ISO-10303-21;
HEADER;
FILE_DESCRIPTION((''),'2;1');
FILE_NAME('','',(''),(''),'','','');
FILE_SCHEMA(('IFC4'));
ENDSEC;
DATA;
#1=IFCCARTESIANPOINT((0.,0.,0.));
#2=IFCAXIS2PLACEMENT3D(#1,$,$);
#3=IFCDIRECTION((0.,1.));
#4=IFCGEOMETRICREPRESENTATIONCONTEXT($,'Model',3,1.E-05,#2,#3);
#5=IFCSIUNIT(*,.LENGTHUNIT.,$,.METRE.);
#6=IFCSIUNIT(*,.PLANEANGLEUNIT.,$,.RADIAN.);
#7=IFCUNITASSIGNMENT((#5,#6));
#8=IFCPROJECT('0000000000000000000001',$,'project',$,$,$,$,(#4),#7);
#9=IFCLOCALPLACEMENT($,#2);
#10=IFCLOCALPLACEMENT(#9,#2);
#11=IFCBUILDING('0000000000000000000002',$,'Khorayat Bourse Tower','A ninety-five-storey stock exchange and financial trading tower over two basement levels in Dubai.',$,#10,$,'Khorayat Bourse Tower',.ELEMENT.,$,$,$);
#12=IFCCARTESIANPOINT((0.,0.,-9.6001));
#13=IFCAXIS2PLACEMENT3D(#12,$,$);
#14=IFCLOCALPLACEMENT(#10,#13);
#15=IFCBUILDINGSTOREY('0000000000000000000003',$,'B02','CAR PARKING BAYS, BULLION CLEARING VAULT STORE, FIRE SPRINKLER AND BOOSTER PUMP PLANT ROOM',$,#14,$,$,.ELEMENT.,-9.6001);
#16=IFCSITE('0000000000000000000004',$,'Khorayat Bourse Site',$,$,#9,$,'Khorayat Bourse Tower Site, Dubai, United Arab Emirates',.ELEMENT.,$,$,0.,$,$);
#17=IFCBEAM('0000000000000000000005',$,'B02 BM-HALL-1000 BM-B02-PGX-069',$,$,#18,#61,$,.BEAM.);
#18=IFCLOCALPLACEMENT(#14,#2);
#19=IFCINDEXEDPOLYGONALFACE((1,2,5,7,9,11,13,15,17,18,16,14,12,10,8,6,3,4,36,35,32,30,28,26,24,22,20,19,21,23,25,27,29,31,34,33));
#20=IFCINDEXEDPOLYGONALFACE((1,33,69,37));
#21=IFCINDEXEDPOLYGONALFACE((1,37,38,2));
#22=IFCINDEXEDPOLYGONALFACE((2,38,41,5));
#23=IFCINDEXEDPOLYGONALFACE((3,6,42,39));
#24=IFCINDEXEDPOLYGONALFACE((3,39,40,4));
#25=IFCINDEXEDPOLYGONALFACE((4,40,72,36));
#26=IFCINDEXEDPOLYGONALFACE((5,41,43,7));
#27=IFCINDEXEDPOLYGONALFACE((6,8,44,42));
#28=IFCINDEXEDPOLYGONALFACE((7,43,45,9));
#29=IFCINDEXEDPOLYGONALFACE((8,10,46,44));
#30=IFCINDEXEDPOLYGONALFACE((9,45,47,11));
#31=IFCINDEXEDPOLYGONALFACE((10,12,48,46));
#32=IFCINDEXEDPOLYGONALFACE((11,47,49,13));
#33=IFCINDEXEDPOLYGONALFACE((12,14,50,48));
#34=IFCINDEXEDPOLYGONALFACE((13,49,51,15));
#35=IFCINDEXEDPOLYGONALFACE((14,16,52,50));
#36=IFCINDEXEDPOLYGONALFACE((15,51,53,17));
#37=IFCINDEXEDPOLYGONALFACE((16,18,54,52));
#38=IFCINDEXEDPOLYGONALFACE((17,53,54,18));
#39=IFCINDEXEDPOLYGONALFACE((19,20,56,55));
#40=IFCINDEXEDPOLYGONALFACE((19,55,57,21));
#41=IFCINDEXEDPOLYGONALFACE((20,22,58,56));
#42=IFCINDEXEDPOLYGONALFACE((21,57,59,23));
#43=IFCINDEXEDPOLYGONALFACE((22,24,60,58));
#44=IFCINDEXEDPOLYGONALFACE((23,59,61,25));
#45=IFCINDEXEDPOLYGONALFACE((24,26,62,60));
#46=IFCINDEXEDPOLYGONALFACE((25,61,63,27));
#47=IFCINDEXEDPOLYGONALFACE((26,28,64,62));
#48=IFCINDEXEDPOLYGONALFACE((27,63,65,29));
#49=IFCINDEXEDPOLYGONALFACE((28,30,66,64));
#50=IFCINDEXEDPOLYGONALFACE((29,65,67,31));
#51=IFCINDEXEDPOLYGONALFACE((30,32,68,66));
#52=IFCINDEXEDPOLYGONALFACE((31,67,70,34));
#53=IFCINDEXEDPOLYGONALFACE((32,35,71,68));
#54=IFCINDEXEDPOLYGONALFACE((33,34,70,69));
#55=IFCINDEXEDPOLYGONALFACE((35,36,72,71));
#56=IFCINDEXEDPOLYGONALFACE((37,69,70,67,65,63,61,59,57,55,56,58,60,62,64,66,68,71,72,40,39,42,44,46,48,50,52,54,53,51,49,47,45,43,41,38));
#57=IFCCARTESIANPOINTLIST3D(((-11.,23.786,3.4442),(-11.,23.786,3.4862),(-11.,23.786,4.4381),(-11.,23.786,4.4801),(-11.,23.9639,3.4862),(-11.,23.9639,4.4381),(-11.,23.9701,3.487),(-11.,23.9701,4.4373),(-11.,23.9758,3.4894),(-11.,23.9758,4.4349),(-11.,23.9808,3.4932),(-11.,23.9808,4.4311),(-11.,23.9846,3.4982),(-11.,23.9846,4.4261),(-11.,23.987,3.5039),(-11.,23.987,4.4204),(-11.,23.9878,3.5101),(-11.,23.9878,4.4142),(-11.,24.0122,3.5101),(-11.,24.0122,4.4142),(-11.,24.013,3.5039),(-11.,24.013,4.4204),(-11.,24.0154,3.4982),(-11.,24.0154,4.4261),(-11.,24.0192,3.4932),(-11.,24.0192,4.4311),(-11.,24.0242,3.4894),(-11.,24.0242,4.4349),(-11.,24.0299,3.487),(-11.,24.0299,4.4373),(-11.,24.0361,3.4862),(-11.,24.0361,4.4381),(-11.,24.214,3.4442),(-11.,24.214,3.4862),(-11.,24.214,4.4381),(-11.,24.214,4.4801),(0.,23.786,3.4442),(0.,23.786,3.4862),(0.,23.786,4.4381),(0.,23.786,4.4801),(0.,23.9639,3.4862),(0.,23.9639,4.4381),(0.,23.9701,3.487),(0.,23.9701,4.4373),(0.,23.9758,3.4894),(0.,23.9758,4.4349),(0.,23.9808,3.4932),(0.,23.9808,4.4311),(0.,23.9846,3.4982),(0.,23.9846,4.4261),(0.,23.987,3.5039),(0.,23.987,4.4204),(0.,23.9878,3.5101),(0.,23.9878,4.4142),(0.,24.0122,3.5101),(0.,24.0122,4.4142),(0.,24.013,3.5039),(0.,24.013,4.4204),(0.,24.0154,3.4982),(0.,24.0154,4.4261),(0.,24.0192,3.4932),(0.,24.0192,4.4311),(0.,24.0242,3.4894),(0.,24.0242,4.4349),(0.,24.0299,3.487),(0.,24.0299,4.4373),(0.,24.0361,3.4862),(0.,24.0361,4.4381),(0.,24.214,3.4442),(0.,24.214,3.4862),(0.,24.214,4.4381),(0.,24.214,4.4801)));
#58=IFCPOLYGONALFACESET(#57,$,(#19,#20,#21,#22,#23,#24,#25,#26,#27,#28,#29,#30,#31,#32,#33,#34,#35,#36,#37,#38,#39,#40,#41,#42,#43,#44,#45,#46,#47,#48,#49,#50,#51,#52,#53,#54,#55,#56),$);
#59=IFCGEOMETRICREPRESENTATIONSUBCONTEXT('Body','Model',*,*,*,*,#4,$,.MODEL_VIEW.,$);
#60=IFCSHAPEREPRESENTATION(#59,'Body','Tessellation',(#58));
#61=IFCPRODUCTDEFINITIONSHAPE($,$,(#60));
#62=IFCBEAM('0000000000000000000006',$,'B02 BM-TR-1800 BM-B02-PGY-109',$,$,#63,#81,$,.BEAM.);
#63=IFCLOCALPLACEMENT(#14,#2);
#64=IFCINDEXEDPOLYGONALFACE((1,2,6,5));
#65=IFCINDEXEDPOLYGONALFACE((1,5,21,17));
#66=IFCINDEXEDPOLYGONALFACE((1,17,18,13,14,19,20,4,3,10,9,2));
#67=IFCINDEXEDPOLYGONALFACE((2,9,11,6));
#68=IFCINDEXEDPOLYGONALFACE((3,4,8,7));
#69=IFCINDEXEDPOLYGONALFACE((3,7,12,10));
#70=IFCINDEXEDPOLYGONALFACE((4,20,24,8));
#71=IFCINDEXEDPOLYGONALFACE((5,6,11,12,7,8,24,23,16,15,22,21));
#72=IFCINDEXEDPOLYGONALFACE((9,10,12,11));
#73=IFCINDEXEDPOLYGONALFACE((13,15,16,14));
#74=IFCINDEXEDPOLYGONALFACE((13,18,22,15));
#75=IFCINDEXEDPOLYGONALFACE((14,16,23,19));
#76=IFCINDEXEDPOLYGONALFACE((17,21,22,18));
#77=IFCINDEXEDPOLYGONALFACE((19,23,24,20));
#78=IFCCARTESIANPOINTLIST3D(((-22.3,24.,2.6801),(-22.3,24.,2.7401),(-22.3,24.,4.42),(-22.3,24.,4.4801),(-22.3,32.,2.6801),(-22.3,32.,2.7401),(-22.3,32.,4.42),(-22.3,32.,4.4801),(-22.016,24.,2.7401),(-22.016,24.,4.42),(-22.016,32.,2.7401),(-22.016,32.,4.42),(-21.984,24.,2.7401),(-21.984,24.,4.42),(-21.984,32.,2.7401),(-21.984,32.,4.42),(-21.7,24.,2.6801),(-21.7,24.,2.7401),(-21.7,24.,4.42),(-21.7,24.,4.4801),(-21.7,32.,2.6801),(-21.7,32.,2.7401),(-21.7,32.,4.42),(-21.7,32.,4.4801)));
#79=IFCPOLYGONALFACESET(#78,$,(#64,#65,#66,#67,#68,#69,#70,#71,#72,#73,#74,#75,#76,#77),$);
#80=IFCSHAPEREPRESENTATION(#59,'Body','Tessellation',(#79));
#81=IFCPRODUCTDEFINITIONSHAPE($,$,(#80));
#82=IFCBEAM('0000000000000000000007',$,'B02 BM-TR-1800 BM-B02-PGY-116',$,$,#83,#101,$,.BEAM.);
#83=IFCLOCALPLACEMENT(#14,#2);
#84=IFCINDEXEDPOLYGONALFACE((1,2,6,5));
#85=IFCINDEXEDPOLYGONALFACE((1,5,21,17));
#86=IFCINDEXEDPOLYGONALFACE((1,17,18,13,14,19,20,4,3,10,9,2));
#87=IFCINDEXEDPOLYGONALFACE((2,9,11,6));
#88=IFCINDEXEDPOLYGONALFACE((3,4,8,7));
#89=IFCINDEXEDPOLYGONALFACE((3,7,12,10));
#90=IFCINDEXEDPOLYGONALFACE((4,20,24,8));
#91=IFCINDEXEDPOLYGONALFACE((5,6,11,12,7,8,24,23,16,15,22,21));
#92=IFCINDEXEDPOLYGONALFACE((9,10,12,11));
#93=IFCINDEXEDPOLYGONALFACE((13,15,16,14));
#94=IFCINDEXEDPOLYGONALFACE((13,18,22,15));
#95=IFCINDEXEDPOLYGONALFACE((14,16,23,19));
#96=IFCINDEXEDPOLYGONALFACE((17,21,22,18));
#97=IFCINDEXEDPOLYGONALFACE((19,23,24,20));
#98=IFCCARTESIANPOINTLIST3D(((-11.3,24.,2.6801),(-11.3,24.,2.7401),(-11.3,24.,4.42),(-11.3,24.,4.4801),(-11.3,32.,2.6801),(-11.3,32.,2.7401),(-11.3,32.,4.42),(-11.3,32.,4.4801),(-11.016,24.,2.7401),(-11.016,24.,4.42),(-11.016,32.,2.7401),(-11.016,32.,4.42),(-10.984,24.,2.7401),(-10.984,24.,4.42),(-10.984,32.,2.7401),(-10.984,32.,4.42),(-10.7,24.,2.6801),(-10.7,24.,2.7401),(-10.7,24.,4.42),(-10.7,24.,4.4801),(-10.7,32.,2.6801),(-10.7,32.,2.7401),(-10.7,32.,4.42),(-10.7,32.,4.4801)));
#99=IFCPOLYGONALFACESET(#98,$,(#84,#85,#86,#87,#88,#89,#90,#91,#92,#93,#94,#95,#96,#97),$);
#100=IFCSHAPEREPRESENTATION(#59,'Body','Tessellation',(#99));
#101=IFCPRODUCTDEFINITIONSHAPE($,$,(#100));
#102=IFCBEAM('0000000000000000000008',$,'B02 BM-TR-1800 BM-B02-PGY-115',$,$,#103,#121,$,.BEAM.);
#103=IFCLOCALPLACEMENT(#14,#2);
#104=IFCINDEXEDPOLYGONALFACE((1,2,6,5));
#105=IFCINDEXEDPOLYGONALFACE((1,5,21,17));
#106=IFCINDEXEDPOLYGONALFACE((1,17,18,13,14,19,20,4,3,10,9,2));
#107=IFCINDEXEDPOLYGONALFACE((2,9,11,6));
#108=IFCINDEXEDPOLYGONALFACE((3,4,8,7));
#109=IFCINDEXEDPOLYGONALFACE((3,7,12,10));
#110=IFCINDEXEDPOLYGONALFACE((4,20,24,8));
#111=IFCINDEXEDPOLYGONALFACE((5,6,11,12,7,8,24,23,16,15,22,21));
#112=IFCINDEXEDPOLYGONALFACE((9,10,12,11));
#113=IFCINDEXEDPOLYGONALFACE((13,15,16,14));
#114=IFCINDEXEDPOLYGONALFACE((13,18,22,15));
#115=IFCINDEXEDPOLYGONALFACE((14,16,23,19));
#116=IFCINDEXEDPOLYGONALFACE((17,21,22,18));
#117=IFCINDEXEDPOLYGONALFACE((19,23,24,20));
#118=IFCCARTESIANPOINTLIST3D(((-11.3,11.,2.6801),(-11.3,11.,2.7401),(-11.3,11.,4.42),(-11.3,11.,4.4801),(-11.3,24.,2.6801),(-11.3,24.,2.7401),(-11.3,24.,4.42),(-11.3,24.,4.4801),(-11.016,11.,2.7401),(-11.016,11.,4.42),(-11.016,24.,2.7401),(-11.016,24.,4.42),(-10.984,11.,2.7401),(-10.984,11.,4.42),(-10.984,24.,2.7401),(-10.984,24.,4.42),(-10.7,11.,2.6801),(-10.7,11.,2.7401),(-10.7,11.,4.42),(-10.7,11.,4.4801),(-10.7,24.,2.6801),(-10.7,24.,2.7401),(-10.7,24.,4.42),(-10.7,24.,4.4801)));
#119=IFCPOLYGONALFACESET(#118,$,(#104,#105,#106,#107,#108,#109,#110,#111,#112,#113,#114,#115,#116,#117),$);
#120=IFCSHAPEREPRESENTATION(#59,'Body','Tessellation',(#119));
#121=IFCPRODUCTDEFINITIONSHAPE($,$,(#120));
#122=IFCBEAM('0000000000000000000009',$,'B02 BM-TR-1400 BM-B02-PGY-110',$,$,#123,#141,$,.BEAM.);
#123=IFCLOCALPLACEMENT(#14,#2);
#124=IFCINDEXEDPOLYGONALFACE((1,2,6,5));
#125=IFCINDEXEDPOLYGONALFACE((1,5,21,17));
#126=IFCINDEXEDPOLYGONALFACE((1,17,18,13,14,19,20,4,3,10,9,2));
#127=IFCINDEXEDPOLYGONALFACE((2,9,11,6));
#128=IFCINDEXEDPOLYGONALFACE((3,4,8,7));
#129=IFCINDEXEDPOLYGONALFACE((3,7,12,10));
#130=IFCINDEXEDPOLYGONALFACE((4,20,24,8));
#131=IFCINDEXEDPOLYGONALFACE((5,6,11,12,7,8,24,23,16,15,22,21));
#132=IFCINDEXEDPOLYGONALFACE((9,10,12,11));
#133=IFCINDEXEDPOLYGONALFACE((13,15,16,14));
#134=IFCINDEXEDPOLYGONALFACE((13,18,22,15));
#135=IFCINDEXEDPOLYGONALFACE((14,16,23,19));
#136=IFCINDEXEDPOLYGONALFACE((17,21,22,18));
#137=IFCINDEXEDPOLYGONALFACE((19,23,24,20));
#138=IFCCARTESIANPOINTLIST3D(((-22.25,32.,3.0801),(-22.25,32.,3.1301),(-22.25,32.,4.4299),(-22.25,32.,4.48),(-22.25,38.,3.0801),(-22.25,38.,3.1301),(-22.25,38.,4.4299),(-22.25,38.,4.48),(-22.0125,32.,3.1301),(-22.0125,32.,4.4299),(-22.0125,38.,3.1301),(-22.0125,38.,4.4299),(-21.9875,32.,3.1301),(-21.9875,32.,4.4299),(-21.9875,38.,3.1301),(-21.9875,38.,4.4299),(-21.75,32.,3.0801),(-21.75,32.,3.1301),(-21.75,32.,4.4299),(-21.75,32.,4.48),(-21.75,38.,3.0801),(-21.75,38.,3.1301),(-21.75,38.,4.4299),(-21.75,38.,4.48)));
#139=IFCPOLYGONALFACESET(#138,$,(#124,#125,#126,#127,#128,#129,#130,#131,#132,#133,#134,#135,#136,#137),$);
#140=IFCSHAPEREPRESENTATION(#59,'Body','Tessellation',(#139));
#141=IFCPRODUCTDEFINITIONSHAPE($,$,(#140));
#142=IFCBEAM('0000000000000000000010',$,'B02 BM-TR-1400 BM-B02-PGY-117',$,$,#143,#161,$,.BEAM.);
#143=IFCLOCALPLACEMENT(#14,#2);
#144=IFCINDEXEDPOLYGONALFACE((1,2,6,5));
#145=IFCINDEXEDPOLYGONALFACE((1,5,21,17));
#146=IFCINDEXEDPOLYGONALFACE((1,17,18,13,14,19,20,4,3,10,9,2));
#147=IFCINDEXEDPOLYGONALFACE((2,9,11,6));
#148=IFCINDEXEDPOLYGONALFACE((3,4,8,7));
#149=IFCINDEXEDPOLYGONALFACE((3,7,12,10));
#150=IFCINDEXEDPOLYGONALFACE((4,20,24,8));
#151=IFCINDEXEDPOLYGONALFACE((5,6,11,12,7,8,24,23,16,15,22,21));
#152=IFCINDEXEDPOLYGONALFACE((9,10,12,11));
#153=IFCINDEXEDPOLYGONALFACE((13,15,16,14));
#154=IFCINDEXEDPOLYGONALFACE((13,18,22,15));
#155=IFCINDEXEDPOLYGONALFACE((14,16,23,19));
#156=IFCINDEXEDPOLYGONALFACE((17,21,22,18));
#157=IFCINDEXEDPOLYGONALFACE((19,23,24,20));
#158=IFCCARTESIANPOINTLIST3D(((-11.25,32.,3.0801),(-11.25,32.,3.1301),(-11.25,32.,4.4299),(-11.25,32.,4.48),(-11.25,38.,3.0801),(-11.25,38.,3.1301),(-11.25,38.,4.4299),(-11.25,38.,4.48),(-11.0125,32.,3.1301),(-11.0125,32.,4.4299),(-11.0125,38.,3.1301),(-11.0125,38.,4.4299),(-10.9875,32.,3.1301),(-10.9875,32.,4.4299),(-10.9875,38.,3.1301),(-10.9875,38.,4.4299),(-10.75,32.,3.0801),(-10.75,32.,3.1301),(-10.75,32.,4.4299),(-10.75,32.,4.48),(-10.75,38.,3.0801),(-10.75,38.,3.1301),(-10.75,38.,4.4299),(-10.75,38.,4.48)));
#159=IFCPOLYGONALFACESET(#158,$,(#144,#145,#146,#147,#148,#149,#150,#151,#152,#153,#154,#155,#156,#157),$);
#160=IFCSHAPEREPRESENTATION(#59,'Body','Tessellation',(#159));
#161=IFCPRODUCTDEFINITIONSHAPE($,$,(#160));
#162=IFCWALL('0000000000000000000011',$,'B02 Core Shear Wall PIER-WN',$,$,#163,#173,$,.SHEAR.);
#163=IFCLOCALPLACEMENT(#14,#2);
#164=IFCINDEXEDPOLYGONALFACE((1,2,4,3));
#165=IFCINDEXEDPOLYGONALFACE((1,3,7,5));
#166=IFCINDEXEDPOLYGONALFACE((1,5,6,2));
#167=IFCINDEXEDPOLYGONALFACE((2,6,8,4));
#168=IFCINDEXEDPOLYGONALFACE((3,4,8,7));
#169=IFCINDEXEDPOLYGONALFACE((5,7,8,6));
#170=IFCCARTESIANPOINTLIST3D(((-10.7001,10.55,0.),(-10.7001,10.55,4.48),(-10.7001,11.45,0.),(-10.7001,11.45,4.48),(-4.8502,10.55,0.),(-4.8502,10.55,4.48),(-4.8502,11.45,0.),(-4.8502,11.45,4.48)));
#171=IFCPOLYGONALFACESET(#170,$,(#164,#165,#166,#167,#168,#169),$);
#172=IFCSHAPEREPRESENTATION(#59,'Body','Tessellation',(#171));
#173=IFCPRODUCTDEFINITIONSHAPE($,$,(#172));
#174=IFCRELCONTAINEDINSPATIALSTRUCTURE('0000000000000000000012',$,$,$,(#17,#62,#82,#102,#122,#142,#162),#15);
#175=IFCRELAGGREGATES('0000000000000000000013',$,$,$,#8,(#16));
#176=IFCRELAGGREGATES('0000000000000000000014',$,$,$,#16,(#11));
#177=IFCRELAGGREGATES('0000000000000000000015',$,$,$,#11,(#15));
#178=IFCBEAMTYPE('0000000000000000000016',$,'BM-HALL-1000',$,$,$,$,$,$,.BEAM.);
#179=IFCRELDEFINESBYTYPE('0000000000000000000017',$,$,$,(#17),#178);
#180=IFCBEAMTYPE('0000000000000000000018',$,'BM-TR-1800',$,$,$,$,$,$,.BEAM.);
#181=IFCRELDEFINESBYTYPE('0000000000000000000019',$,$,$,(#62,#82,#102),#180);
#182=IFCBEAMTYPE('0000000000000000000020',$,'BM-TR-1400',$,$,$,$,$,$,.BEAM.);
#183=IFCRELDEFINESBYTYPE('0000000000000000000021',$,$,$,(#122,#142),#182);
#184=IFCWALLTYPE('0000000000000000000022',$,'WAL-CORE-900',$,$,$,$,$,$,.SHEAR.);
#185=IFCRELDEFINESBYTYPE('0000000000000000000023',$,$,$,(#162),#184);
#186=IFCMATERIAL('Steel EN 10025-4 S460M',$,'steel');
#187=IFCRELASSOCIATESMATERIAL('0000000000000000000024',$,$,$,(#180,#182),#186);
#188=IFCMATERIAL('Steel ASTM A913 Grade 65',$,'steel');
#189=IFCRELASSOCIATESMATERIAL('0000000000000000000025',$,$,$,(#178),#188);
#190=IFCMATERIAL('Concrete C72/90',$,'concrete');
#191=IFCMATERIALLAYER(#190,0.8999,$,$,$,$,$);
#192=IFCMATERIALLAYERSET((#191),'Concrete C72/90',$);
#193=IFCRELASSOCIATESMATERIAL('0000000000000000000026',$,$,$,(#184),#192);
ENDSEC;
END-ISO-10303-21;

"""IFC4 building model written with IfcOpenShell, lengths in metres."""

from ifc_helpers import new_model, si_unit, direction, frame, frame_2d, origin, origin_2d, place, context, subcontext, project, spatial, rectangle, i_section, extrude, source, transform, mapped, material, layer, layer_set, material_profile, profile_set, type_object, element, save


model = new_model("IFC4")

# Units and contexts
model_context = context("Model", 3, precision=1e-05, world=origin(), true_north=direction((0.0, 1.0)))
body_context = subcontext(model_context, "Body", "Model", "MODEL_VIEW")
ifc_project = project(units=[si_unit("LENGTHUNIT", "METRE"), si_unit("PLANEANGLEUNIT", "RADIAN")], contexts=[model_context])

# Site, building, storey
site_placement = place(None, origin())
site = spatial("IfcSite", under=ifc_project, at=site_placement, Name="Khorayat Bourse Site", LongName="Khorayat Bourse Tower Site, Dubai, United Arab Emirates", CompositionType="ELEMENT", RefElevation=0.0)
building_placement = place(site_placement, origin())
building = spatial("IfcBuilding", under=site, at=building_placement, Name="Khorayat Bourse Tower", Description="A ninety-five-storey stock exchange and financial trading tower over two basement levels in Dubai.", LongName="Khorayat Bourse Tower", CompositionType="ELEMENT")
storey_placement = place(building_placement, frame((0.0, 0.0, -9.6001)))
storey = spatial("IfcBuildingStorey", under=building, at=storey_placement, Name="B02", Description="CAR PARKING BAYS, BULLION CLEARING VAULT STORE, FIRE SPRINKLER AND BOOSTER PUMP PLANT ROOM", CompositionType="ELEMENT", Elevation=-9.6001)

# Shared definitions
ifc_material_1 = material(Name="Concrete C72/90", Category="concrete")

# Beams
ifc_material_2 = material(Name="Steel EN 10025-4 S460M", Category="steel")
ifc_material_profile_1 = material_profile(ifc_material_2, i_section(OverallWidth=0.6001, OverallDepth=1.8, WebThickness=0.032, FlangeThickness=0.0601, at=origin_2d()), Name="PG 1800x600x32x60")
ifc_profile_set_1 = profile_set([ifc_material_profile_1], Name="Steel EN 10025-4 S460M")
beam_type_1 = type_object("IfcBeamType", Name="BM-TR-1800", PredefinedType="BEAM", material=ifc_profile_set_1)
ifc_material_3 = material(Name="Steel ASTM A913 Grade 65", Category="steel")
ifc_material_profile_2 = material_profile(ifc_material_3, i_section(OverallWidth=0.428, OverallDepth=1.0359, WebThickness=0.0244, FlangeThickness=0.042, FilletRadius=0.0239, at=origin_2d()), Name="W1000X443")
ifc_profile_set_2 = profile_set([ifc_material_profile_2], Name="Steel ASTM A913 Grade 65")
beam_type_2 = type_object("IfcBeamType", Name="BM-HALL-1000", PredefinedType="BEAM", material=ifc_profile_set_2)
shared_shape_1 = source(origin(), body_context, "Body", "SweptSolid", [
    extrude(i_section(OverallWidth=0.428, OverallDepth=1.0359, WebThickness=0.0244, FlangeThickness=0.042, FilletRadius=0.0239, at=origin_2d()), origin(), (0.0, 0.0, 1.0), 11.0),
])
for number, where, z_axis, x_axis, name in (
    (1, (-11.0, 24.0, 3.9622), (1.0, 0.0, 0.0), (0.0, 1.0, 0.0), "B02 BM-HALL-1000 BM-B02-PGX-069"),
):
    element("IfcBeam", number, at=place(storey_placement, frame(where, z_axis=z_axis, x_axis=x_axis)), inside=storey, type_object=beam_type_2, Name=name, PredefinedType="BEAM", context=body_context, shape_type="MappedRepresentation", body=[
        mapped(shared_shape_1, transform((0.0, 0.0, 0.0), scale=1.0)),
    ])
shared_shape_2 = source(origin(), body_context, "Body", "SweptSolid", [
    extrude(i_section(OverallWidth=0.6001, OverallDepth=1.8, WebThickness=0.032, FlangeThickness=0.0601, at=origin_2d()), origin(), (0.0, 0.0, 1.0), 8.0),
])
for number, where, z_axis, x_axis, name in (
    (2, (-22.0, 24.0, 3.5801), (0.0, 1.0, 0.0), (-1.0, 0.0, 0.0), "B02 BM-TR-1800 BM-B02-PGY-109"),
    (3, (-11.0, 24.0, 3.5801), (0.0, 1.0, 0.0), (-1.0, 0.0, 0.0), "B02 BM-TR-1800 BM-B02-PGY-116"),
):
    element("IfcBeam", number, at=place(storey_placement, frame(where, z_axis=z_axis, x_axis=x_axis)), inside=storey, type_object=beam_type_1, Name=name, PredefinedType="BEAM", context=body_context, shape_type="MappedRepresentation", body=[
        mapped(shared_shape_2, transform((0.0, 0.0, 0.0), scale=1.0)),
    ])
shared_shape_3 = source(origin(), body_context, "Body", "SweptSolid", [
    extrude(i_section(OverallWidth=0.6001, OverallDepth=1.8, WebThickness=0.032, FlangeThickness=0.0601, at=origin_2d()), origin(), (0.0, 0.0, 1.0), 13.0),
])
beam_1_placement = place(storey_placement, frame((-11.0, 11.0, 3.5801), z_axis=(0.0, 1.0, 0.0), x_axis=(-1.0, 0.0, 0.0)))
element("IfcBeam", 4, at=beam_1_placement, inside=storey, type_object=beam_type_1, Name="B02 BM-TR-1800 BM-B02-PGY-115", PredefinedType="BEAM", context=body_context, shape_type="MappedRepresentation", body=[
    mapped(shared_shape_3, transform((0.0, 0.0, 0.0), scale=1.0)),
])
ifc_material_profile_3 = material_profile(ifc_material_2, i_section(OverallWidth=0.5, OverallDepth=1.3999, WebThickness=0.0249, FlangeThickness=0.05, at=origin_2d()), Name="PG 1400x500x25x50")
ifc_profile_set_3 = profile_set([ifc_material_profile_3], Name="Steel EN 10025-4 S460M")
beam_type_3 = type_object("IfcBeamType", Name="BM-TR-1400", PredefinedType="BEAM", material=ifc_profile_set_3)
shared_shape_4 = source(origin(), body_context, "Body", "SweptSolid", [
    extrude(i_section(OverallWidth=0.5, OverallDepth=1.3999, WebThickness=0.0249, FlangeThickness=0.05, at=origin_2d()), origin(), (0.0, 0.0, 1.0), 6.0),
])
for number, where, z_axis, x_axis, name in (
    (5, (-22.0, 32.0, 3.78), (0.0, 1.0, 0.0), (-1.0, 0.0, 0.0), "B02 BM-TR-1400 BM-B02-PGY-110"),
    (6, (-11.0, 32.0, 3.78), (0.0, 1.0, 0.0), (-1.0, 0.0, 0.0), "B02 BM-TR-1400 BM-B02-PGY-117"),
):
    element("IfcBeam", number, at=place(storey_placement, frame(where, z_axis=z_axis, x_axis=x_axis)), inside=storey, type_object=beam_type_3, Name=name, PredefinedType="BEAM", context=body_context, shape_type="MappedRepresentation", body=[
        mapped(shared_shape_4, transform((0.0, 0.0, 0.0), scale=1.0)),
    ])

# Wall
ifc_layer_1 = layer(ifc_material_1, 0.8999)
ifc_layer_set_1 = layer_set([ifc_layer_1], Name="Concrete C72/90")
wall_type_1 = type_object("IfcWallType", Name="WAL-CORE-900", PredefinedType="SHEAR", material=ifc_layer_set_1)
shared_shape_5 = source(origin(), body_context, "Body", "SweptSolid", [
    extrude(rectangle(XDim=5.8499, YDim=0.8999, at=frame_2d((2.9248, 0.0))), origin(), (0.0, 0.0, 1.0), 4.48),
])
wall_1_placement = place(storey_placement, frame((-10.7, 11.0, 0.0), z_axis=(0.0, 0.0, 1.0), x_axis=(1.0, 0.0, 0.0)))
element("IfcWall", 7, at=wall_1_placement, inside=storey, type_object=wall_type_1, Name="B02 Core Shear Wall PIER-WN", PredefinedType="SHEAR", context=body_context, shape_type="MappedRepresentation", body=[
    mapped(shared_shape_5, transform((0.0, 0.0, 0.0), scale=1.0)),
])

save(model, "model.ifc")
